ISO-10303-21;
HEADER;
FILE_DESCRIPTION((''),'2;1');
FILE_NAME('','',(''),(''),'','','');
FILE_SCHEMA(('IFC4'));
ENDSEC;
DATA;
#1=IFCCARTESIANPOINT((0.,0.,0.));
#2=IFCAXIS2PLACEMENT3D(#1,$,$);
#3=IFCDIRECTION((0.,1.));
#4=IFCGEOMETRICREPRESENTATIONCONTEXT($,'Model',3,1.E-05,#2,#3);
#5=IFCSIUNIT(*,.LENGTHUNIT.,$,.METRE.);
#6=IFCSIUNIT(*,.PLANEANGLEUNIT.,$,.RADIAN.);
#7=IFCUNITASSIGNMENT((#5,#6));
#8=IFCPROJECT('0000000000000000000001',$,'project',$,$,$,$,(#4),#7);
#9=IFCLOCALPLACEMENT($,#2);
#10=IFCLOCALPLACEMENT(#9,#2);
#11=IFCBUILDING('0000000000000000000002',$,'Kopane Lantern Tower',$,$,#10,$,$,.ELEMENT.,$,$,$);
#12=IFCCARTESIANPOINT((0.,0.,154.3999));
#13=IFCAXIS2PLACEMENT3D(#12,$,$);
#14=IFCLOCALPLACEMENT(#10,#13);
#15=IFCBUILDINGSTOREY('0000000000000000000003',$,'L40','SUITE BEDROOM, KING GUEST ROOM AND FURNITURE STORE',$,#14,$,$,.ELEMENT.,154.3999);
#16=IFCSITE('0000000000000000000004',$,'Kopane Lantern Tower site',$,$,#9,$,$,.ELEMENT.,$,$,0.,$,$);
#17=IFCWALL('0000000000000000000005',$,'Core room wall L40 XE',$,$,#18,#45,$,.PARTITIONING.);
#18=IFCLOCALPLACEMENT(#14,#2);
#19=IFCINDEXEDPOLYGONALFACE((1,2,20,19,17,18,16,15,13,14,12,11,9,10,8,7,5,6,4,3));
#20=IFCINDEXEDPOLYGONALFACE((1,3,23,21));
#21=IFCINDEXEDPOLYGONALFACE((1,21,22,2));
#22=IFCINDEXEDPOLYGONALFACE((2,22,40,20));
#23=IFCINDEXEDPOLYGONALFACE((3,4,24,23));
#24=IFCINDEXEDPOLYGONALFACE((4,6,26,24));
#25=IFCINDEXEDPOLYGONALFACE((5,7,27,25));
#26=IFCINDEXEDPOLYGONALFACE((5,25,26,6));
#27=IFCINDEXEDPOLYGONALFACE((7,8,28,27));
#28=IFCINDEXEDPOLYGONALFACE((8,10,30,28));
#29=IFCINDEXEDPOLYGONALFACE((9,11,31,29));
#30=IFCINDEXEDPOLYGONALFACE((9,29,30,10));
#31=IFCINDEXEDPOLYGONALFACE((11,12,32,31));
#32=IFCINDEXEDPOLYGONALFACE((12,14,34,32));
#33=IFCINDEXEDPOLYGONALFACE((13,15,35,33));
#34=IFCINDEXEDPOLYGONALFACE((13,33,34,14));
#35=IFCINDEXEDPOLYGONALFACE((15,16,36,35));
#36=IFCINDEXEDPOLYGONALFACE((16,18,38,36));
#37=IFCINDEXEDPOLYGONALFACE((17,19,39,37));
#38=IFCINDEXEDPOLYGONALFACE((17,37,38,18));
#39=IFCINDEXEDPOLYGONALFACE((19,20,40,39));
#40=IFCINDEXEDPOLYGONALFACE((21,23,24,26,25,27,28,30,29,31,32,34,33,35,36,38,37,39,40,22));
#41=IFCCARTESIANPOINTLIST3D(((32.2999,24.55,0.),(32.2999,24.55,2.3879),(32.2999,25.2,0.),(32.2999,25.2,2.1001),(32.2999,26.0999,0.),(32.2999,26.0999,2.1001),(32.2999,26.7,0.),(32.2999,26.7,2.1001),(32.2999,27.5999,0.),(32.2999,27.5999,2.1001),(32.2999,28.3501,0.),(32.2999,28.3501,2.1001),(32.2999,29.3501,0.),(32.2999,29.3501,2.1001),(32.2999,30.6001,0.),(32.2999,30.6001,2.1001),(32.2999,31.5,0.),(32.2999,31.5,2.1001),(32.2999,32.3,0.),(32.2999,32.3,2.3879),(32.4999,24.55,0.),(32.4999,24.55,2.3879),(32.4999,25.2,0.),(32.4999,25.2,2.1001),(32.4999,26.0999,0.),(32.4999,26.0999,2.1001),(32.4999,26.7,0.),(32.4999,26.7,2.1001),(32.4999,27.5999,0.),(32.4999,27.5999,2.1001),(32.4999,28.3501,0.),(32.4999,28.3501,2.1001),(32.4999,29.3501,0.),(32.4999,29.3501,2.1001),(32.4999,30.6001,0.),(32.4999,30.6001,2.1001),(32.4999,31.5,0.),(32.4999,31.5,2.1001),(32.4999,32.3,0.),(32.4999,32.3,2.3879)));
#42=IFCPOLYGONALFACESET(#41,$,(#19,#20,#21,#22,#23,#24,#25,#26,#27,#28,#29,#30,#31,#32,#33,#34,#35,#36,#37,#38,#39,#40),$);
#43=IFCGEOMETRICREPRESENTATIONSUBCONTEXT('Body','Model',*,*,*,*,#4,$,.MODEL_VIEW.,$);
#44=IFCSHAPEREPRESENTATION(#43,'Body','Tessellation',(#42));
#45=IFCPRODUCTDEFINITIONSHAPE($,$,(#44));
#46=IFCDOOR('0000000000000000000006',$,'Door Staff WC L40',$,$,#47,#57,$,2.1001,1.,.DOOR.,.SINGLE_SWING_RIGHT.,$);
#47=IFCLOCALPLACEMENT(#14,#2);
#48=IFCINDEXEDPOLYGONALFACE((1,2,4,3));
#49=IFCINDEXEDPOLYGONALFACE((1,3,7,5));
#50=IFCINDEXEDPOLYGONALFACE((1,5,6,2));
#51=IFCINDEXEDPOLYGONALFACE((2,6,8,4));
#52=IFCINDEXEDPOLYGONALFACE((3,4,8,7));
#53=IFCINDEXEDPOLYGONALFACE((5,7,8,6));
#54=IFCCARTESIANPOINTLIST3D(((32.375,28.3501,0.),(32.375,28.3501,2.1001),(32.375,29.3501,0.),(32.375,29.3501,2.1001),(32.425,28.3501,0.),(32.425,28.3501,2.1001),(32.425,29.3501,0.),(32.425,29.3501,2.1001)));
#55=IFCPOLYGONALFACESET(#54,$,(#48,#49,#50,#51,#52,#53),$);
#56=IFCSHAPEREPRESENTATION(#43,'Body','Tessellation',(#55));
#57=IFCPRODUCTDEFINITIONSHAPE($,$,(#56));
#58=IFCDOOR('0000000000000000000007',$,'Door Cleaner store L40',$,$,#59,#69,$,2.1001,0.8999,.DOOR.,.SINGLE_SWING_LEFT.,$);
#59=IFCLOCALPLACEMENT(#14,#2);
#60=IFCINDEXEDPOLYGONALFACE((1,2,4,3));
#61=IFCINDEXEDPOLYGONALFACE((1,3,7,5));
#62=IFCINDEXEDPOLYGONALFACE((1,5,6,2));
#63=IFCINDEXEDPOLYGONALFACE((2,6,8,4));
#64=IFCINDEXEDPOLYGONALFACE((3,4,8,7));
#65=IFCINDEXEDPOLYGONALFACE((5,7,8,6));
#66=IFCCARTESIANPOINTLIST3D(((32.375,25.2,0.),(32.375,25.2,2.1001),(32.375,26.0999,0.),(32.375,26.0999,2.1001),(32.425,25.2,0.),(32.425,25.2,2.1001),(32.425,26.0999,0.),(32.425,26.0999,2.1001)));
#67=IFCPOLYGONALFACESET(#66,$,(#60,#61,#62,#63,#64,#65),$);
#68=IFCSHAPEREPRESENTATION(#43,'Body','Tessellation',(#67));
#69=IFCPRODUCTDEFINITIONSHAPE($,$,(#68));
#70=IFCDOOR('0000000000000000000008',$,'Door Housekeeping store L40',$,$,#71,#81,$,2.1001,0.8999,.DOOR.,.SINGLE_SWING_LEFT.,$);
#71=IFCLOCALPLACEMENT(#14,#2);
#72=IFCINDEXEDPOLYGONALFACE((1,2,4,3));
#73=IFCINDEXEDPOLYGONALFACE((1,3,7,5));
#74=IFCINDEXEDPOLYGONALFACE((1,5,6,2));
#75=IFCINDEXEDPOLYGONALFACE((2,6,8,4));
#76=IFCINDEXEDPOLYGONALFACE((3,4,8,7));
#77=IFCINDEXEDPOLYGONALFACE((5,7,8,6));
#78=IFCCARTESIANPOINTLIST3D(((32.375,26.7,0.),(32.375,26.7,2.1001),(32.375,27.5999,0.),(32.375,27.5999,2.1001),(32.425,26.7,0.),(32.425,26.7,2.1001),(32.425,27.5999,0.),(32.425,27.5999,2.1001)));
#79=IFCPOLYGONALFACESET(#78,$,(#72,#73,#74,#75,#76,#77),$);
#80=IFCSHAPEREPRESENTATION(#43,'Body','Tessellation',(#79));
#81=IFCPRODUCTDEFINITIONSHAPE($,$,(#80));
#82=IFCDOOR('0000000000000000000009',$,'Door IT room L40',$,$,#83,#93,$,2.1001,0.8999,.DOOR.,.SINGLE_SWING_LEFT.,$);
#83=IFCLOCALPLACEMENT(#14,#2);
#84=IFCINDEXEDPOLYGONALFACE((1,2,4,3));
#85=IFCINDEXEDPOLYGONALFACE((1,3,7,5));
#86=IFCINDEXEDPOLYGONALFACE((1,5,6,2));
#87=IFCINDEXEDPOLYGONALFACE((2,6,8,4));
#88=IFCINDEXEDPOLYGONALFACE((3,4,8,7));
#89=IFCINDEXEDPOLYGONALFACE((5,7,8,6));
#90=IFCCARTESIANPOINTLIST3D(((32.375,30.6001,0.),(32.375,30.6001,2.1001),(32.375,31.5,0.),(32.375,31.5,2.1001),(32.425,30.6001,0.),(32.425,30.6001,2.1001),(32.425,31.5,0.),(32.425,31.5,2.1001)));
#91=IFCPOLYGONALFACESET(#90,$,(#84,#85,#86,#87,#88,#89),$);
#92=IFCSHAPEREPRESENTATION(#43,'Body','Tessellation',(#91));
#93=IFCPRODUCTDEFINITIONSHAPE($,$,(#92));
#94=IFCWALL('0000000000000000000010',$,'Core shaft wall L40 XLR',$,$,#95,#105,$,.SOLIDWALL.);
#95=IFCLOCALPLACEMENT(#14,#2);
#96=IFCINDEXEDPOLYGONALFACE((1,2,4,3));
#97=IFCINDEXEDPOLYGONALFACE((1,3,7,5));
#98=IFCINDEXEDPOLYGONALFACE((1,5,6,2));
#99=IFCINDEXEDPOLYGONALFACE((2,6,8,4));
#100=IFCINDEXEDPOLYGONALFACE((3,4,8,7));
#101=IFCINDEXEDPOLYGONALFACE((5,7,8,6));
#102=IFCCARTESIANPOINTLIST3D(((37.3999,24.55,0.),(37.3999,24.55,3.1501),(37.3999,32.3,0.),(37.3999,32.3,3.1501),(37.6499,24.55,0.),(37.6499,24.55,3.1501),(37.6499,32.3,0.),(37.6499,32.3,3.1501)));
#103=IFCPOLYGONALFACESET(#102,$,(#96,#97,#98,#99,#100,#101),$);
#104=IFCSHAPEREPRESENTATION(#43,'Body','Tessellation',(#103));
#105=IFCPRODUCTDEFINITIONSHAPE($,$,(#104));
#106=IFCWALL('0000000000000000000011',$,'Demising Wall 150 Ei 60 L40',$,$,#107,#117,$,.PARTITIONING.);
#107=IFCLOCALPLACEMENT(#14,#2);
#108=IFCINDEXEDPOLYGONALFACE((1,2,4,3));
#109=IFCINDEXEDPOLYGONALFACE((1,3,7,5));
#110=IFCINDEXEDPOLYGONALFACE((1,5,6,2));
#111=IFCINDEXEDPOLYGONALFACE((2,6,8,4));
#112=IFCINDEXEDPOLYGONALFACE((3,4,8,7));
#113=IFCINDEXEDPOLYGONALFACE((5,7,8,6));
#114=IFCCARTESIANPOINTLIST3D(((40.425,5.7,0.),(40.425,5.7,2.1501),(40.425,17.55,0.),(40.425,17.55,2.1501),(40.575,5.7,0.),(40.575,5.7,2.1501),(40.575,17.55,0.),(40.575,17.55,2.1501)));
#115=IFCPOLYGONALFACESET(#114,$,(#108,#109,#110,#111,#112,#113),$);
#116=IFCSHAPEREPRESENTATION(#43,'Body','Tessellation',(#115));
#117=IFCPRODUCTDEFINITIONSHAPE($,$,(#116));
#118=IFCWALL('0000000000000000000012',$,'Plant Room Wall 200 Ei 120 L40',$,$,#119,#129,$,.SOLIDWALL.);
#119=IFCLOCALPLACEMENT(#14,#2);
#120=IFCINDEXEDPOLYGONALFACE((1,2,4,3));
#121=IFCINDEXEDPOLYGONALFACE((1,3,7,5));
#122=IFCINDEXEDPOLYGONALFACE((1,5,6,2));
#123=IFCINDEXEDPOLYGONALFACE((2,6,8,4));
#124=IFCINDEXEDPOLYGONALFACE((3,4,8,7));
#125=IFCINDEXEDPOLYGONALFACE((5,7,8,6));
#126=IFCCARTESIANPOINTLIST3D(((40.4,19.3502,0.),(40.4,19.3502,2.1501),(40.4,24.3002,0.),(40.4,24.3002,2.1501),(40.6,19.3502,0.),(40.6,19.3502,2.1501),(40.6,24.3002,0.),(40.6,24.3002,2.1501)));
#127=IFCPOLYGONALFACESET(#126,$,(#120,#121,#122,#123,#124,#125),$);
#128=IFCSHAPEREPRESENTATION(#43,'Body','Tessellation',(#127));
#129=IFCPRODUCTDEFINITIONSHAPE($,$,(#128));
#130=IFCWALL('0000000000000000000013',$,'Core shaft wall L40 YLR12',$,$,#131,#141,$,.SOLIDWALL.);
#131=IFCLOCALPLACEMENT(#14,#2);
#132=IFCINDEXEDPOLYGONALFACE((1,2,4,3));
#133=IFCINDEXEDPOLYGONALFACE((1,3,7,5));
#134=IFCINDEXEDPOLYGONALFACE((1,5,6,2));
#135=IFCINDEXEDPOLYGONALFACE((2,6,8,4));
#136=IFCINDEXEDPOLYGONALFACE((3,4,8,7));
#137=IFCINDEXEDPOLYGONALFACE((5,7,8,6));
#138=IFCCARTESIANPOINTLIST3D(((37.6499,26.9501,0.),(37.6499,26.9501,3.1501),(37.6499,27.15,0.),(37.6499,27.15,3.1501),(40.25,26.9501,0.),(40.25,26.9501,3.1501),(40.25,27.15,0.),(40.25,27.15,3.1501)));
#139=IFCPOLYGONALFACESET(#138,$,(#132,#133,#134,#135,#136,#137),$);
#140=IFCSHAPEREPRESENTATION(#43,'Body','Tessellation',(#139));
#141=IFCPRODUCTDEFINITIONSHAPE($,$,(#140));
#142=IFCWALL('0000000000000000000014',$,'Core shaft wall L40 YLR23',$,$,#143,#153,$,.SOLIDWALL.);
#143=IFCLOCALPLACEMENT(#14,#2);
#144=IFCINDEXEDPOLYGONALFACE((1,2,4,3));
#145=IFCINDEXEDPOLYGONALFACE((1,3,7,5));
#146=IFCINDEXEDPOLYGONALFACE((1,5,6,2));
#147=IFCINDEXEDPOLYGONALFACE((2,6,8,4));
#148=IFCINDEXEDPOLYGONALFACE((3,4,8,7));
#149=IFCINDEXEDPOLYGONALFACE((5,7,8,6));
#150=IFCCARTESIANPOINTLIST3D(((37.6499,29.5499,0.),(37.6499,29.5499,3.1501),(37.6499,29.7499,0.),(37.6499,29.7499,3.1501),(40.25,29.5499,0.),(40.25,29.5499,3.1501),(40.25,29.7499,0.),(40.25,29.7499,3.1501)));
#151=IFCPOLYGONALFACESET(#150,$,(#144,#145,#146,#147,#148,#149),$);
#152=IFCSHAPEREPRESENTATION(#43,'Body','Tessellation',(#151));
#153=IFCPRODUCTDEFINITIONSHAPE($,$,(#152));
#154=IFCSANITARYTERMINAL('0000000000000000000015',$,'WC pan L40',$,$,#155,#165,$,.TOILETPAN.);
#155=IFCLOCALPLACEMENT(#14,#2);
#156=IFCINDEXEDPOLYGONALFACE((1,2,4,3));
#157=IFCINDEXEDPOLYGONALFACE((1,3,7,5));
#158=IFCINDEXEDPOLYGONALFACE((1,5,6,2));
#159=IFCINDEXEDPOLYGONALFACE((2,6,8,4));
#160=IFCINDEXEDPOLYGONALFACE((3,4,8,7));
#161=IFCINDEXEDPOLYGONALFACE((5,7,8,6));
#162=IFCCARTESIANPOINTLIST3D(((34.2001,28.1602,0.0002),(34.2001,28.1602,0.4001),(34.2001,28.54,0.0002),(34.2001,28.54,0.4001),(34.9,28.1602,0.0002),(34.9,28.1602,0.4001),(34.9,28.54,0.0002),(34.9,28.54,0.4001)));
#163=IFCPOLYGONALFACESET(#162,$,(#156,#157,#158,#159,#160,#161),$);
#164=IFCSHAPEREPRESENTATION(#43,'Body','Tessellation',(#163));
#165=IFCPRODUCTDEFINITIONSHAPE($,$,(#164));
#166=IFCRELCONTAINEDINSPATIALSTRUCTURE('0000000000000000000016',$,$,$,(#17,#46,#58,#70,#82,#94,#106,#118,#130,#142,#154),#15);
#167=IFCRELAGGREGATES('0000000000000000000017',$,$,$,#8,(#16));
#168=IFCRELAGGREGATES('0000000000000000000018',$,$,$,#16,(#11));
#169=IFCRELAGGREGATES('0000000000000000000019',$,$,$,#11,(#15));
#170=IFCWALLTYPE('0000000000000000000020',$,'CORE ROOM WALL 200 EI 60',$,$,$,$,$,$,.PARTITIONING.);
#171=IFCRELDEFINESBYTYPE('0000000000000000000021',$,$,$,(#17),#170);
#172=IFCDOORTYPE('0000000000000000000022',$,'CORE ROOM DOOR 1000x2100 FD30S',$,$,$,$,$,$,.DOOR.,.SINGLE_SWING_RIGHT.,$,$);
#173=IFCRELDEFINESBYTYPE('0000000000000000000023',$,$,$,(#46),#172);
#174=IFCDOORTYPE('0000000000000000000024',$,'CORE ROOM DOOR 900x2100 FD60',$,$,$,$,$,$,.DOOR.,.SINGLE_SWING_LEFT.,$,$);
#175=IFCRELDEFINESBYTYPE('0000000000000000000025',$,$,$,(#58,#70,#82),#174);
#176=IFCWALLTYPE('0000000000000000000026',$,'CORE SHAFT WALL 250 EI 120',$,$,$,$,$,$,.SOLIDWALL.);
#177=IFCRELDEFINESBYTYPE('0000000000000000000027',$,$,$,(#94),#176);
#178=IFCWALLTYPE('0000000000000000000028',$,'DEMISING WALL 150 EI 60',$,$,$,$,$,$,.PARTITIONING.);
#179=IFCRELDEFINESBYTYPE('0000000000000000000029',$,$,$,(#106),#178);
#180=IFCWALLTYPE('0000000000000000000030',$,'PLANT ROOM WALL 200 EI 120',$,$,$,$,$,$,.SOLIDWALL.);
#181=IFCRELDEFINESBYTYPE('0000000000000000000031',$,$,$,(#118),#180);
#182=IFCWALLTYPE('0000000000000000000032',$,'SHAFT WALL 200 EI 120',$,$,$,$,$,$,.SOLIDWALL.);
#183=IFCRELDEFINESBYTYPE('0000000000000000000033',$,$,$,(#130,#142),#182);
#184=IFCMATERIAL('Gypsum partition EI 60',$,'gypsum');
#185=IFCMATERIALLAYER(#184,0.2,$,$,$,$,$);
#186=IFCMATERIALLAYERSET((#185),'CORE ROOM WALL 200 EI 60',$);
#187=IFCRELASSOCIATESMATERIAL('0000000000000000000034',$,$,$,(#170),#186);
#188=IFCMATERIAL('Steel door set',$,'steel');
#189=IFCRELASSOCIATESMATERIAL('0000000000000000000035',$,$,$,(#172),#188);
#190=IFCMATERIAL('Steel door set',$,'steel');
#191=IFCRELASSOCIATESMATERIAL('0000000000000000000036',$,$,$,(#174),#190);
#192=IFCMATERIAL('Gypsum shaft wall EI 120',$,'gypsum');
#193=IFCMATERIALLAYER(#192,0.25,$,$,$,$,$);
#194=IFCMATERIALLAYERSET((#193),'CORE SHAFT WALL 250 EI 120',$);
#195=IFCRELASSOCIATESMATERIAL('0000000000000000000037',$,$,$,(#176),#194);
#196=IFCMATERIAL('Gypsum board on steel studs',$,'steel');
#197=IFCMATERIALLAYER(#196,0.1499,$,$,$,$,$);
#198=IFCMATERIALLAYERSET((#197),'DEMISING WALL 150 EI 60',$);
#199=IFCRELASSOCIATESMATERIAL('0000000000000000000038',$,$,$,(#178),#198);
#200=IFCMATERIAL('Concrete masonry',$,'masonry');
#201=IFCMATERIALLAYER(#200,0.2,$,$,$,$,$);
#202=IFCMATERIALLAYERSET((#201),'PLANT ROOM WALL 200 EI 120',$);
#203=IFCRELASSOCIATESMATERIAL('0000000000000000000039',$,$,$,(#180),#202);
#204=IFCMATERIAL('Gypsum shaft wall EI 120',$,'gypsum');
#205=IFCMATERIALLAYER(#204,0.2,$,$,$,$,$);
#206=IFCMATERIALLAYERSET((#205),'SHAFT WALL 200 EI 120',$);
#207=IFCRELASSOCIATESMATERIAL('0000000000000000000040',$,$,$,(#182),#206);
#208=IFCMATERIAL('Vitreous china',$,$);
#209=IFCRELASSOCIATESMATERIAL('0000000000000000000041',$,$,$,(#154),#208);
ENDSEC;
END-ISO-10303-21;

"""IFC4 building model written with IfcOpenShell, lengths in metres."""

from ifc_helpers import new_model, si_unit, direction, frame, frame_2d, origin, origin_2d, place, context, subcontext, project, spatial, rectangle, extrude, material, layer, layer_set, type_object, element, fill, save


model = new_model("IFC4")

# Units and contexts
model_context = context("Model", 3, precision=1e-05, world=origin(), true_north=direction((0.0, 1.0)))
body_context = subcontext(model_context, "Body", "Model", "MODEL_VIEW")
ifc_project = project(units=[si_unit("LENGTHUNIT", "METRE"), si_unit("PLANEANGLEUNIT", "RADIAN")], contexts=[model_context])

# Site, building, storey
site_placement = place(None, origin())
site = spatial("IfcSite", under=ifc_project, at=site_placement, Name="Kopane Lantern Tower site", CompositionType="ELEMENT", RefElevation=0.0)
building_placement = place(site_placement, origin())
building = spatial("IfcBuilding", under=site, at=building_placement, Name="Kopane Lantern Tower", CompositionType="ELEMENT")
storey_placement = place(building_placement, frame((0.0, 0.0, 154.3999)))
storey = spatial("IfcBuildingStorey", under=building, at=storey_placement, Name="L40", Description="SUITE BEDROOM, KING GUEST ROOM AND FURNITURE STORE", CompositionType="ELEMENT", Elevation=154.3999)

# Wall, openings, doors
ifc_material_1 = material(Name="Gypsum partition EI 60", Category="gypsum")
ifc_layer_1 = layer(ifc_material_1, 0.2)
ifc_layer_set_1 = layer_set([ifc_layer_1], Name="CORE ROOM WALL 200 EI 60")
wall_type_1 = type_object("IfcWallType", Name="CORE ROOM WALL 200 EI 60", PredefinedType="PARTITIONING", material=ifc_layer_set_1)
wall_1_placement = place(storey_placement, frame((32.3999, 24.55, 0.0), z_axis=(0.0, 0.0, 1.0), x_axis=(0.0, 1.0, 0.0)))
wall_1 = element("IfcWall", 1, at=wall_1_placement, inside=storey, type_object=wall_type_1, Name="Core room wall L40 XE", PredefinedType="PARTITIONING", context=body_context, shape_type="SweptSolid", body=[
    extrude(rectangle(XDim=7.75, YDim=0.2, at=frame_2d((3.875, 0.0))), origin(), (0.0, 0.0, 1.0), 2.3879),
])
opening_1_placement = place(wall_1_placement, frame((0.6499, 0.0, 0.0)))
opening_1 = element("IfcOpeningElement", 2, at=opening_1_placement, cuts=wall_1, PredefinedType="OPENING", context=body_context, shape_type="SweptSolid", body=[
    extrude(rectangle(XDim=0.8999, YDim=2.1001, at=frame_2d((0.45, 1.05))), frame((0.0, 0.1099, 0.0), z_axis=(0.0, -1.0, 0.0), x_axis=(1.0, 0.0, 0.0)), (0.0, 0.0, 1.0), 0.22),
])
opening_2_placement = place(wall_1_placement, frame((2.1499, 0.0, 0.0)))
opening_2 = element("IfcOpeningElement", 3, at=opening_2_placement, cuts=wall_1, PredefinedType="OPENING", context=body_context, shape_type="SweptSolid", body=[
    extrude(rectangle(XDim=0.8999, YDim=2.1001, at=frame_2d((0.45, 1.05))), frame((0.0, 0.1099, 0.0), z_axis=(0.0, -1.0, 0.0), x_axis=(1.0, 0.0, 0.0)), (0.0, 0.0, 1.0), 0.22),
])
opening_3_placement = place(wall_1_placement, frame((3.8, 0.0, 0.0)))
opening_3 = element("IfcOpeningElement", 4, at=opening_3_placement, cuts=wall_1, PredefinedType="OPENING", context=body_context, shape_type="SweptSolid", body=[
    extrude(rectangle(XDim=1.0, YDim=2.1001, at=frame_2d((0.5, 1.05))), frame((0.0, 0.1099, 0.0), z_axis=(0.0, -1.0, 0.0), x_axis=(1.0, 0.0, 0.0)), (0.0, 0.0, 1.0), 0.22),
])
opening_4_placement = place(wall_1_placement, frame((6.05, 0.0, 0.0)))
opening_4 = element("IfcOpeningElement", 5, at=opening_4_placement, cuts=wall_1, PredefinedType="OPENING", context=body_context, shape_type="SweptSolid", body=[
    extrude(rectangle(XDim=0.8999, YDim=2.1001, at=frame_2d((0.45, 1.05))), frame((0.0, 0.1099, 0.0), z_axis=(0.0, -1.0, 0.0), x_axis=(1.0, 0.0, 0.0)), (0.0, 0.0, 1.0), 0.22),
])
ifc_material_2 = material(Name="Steel door set", Category="steel")
door_type_1 = type_object("IfcDoorType", Name="CORE ROOM DOOR 1000x2100 FD30S", OperationType="SINGLE_SWING_RIGHT", PredefinedType="DOOR", material=ifc_material_2)
door_1_placement = place(opening_3_placement, origin())
door_1 = element("IfcDoor", 6, at=door_1_placement, inside=storey, type_object=door_type_1, Name="Door Staff WC L40", OperationType="SINGLE_SWING_RIGHT", OverallHeight=2.1001, OverallWidth=1.0, PredefinedType="DOOR", context=body_context, shape_type="SweptSolid", body=[
    extrude(rectangle(XDim=1.0, YDim=2.1001, at=frame_2d((0.5, 1.05))), frame((0.0, 0.0249, 0.0), z_axis=(0.0, -1.0, 0.0), x_axis=(1.0, 0.0, 0.0)), (0.0, 0.0, 1.0), 0.05),
])
fill(opening_3, door_1)
ifc_material_3 = material(Name="Steel door set", Category="steel")
door_type_2 = type_object("IfcDoorType", Name="CORE ROOM DOOR 900x2100 FD60", OperationType="SINGLE_SWING_LEFT", PredefinedType="DOOR", material=ifc_material_3)
door_2_placement = place(opening_1_placement, origin())
door_2 = element("IfcDoor", 7, at=door_2_placement, inside=storey, type_object=door_type_2, Name="Door Cleaner store L40", OperationType="SINGLE_SWING_LEFT", OverallHeight=2.1001, OverallWidth=0.8999, PredefinedType="DOOR", context=body_context, shape_type="SweptSolid", body=[
    extrude(rectangle(XDim=0.8999, YDim=2.1001, at=frame_2d((0.45, 1.05))), frame((0.0, 0.0249, 0.0), z_axis=(0.0, -1.0, 0.0), x_axis=(1.0, 0.0, 0.0)), (0.0, 0.0, 1.0), 0.05),
])
fill(opening_1, door_2)
door_3_placement = place(opening_2_placement, origin())
door_3 = element("IfcDoor", 8, at=door_3_placement, inside=storey, type_object=door_type_2, Name="Door Housekeeping store L40", OperationType="SINGLE_SWING_LEFT", OverallHeight=2.1001, OverallWidth=0.8999, PredefinedType="DOOR", context=body_context, shape_type="SweptSolid", body=[
    extrude(rectangle(XDim=0.8999, YDim=2.1001, at=frame_2d((0.45, 1.05))), frame((0.0, 0.0249, 0.0), z_axis=(0.0, -1.0, 0.0), x_axis=(1.0, 0.0, 0.0)), (0.0, 0.0, 1.0), 0.05),
])
fill(opening_2, door_3)
door_4_placement = place(opening_4_placement, origin())
door_4 = element("IfcDoor", 9, at=door_4_placement, inside=storey, type_object=door_type_2, Name="Door IT room L40", OperationType="SINGLE_SWING_LEFT", OverallHeight=2.1001, OverallWidth=0.8999, PredefinedType="DOOR", context=body_context, shape_type="SweptSolid", body=[
    extrude(rectangle(XDim=0.8999, YDim=2.1001, at=frame_2d((0.45, 1.05))), frame((0.0, 0.0249, 0.0), z_axis=(0.0, -1.0, 0.0), x_axis=(1.0, 0.0, 0.0)), (0.0, 0.0, 1.0), 0.05),
])
fill(opening_4, door_4)

# Walls
ifc_material_4 = material(Name="Gypsum shaft wall EI 120", Category="gypsum")
ifc_layer_2 = layer(ifc_material_4, 0.25)
ifc_layer_set_2 = layer_set([ifc_layer_2], Name="CORE SHAFT WALL 250 EI 120")
wall_type_2 = type_object("IfcWallType", Name="CORE SHAFT WALL 250 EI 120", PredefinedType="SOLIDWALL", material=ifc_layer_set_2)
wall_2_placement = place(storey_placement, frame((37.5249, 24.55, 0.0), z_axis=(0.0, 0.0, 1.0), x_axis=(0.0, 1.0, 0.0)))
element("IfcWall", 10, at=wall_2_placement, inside=storey, type_object=wall_type_2, Name="Core shaft wall L40 XLR", PredefinedType="SOLIDWALL", context=body_context, shape_type="SweptSolid", body=[
    extrude(rectangle(XDim=7.75, YDim=0.25, at=frame_2d((3.875, 0.0))), origin(), (0.0, 0.0, 1.0), 3.1501),
])
ifc_material_5 = material(Name="Gypsum board on steel studs", Category="steel")
ifc_layer_3 = layer(ifc_material_5, 0.1499)
ifc_layer_set_3 = layer_set([ifc_layer_3], Name="DEMISING WALL 150 EI 60")
wall_type_3 = type_object("IfcWallType", Name="DEMISING WALL 150 EI 60", PredefinedType="PARTITIONING", material=ifc_layer_set_3)
wall_3_placement = place(storey_placement, frame((40.5, 17.55, 0.0), z_axis=(0.0, 0.0, 1.0), x_axis=(0.0, -1.0, 0.0)))
element("IfcWall", 11, at=wall_3_placement, inside=storey, type_object=wall_type_3, Name="Demising Wall 150 Ei 60 L40", PredefinedType="PARTITIONING", context=body_context, shape_type="SweptSolid", body=[
    extrude(rectangle(XDim=11.8501, YDim=0.1499, at=frame_2d((5.925, 0.0))), origin(), (0.0, 0.0, 1.0), 2.1501),
])
ifc_material_6 = material(Name="Concrete masonry", Category="masonry")
ifc_layer_4 = layer(ifc_material_6, 0.2)
ifc_layer_set_4 = layer_set([ifc_layer_4], Name="PLANT ROOM WALL 200 EI 120")
wall_type_4 = type_object("IfcWallType", Name="PLANT ROOM WALL 200 EI 120", PredefinedType="SOLIDWALL", material=ifc_layer_set_4)
wall_4_placement = place(storey_placement, frame((40.5, 19.3501, 0.0), z_axis=(0.0, 0.0, 1.0), x_axis=(0.0, 1.0, 0.0)))
element("IfcWall", 12, at=wall_4_placement, inside=storey, type_object=wall_type_4, Name="Plant Room Wall 200 Ei 120 L40", PredefinedType="SOLIDWALL", context=body_context, shape_type="SweptSolid", body=[
    extrude(rectangle(XDim=4.95, YDim=0.2, at=frame_2d((2.4751, 0.0))), origin(), (0.0, 0.0, 1.0), 2.1501),
])
ifc_material_7 = material(Name="Gypsum shaft wall EI 120", Category="gypsum")
ifc_layer_5 = layer(ifc_material_7, 0.2)
ifc_layer_set_5 = layer_set([ifc_layer_5], Name="SHAFT WALL 200 EI 120")
wall_type_5 = type_object("IfcWallType", Name="SHAFT WALL 200 EI 120", PredefinedType="SOLIDWALL", material=ifc_layer_set_5)
for number, where, z_axis, x_axis, name in (
    (13, (37.6499, 27.05, 0.0), (0.0, 0.0, 1.0), (1.0, 0.0, 0.0), "Core shaft wall L40 YLR12"),
    (14, (37.6499, 29.6499, 0.0), (0.0, 0.0, 1.0), (1.0, 0.0, 0.0), "Core shaft wall L40 YLR23"),
):
    element("IfcWall", number, at=place(storey_placement, frame(where, z_axis=z_axis, x_axis=x_axis)), inside=storey, type_object=wall_type_5, Name=name, PredefinedType="SOLIDWALL", context=body_context, shape_type="SweptSolid", body=[
        extrude(rectangle(XDim=2.6001, YDim=0.2, at=frame_2d((1.3, 0.0))), origin(), (0.0, 0.0, 1.0), 3.1501),
    ])

# Sanitary terminal
ifc_material_8 = material(Name="Vitreous china")
sanitary_terminal_1_placement = place(storey_placement, frame((34.55, 28.3501, 0.0002), z_axis=(0.0, 0.0, 1.0), x_axis=(1.0, 0.0, 0.0)))
element("IfcSanitaryTerminal", 15, at=sanitary_terminal_1_placement, inside=storey, material=ifc_material_8, Name="WC pan L40", PredefinedType="TOILETPAN", context=body_context, shape_type="SweptSolid", body=[
    extrude(rectangle(XDim=0.7, YDim=0.3799, at=origin_2d()), origin(), (0.0, 0.0, 1.0), 0.3999),
])

save(model, "model.ifc")
